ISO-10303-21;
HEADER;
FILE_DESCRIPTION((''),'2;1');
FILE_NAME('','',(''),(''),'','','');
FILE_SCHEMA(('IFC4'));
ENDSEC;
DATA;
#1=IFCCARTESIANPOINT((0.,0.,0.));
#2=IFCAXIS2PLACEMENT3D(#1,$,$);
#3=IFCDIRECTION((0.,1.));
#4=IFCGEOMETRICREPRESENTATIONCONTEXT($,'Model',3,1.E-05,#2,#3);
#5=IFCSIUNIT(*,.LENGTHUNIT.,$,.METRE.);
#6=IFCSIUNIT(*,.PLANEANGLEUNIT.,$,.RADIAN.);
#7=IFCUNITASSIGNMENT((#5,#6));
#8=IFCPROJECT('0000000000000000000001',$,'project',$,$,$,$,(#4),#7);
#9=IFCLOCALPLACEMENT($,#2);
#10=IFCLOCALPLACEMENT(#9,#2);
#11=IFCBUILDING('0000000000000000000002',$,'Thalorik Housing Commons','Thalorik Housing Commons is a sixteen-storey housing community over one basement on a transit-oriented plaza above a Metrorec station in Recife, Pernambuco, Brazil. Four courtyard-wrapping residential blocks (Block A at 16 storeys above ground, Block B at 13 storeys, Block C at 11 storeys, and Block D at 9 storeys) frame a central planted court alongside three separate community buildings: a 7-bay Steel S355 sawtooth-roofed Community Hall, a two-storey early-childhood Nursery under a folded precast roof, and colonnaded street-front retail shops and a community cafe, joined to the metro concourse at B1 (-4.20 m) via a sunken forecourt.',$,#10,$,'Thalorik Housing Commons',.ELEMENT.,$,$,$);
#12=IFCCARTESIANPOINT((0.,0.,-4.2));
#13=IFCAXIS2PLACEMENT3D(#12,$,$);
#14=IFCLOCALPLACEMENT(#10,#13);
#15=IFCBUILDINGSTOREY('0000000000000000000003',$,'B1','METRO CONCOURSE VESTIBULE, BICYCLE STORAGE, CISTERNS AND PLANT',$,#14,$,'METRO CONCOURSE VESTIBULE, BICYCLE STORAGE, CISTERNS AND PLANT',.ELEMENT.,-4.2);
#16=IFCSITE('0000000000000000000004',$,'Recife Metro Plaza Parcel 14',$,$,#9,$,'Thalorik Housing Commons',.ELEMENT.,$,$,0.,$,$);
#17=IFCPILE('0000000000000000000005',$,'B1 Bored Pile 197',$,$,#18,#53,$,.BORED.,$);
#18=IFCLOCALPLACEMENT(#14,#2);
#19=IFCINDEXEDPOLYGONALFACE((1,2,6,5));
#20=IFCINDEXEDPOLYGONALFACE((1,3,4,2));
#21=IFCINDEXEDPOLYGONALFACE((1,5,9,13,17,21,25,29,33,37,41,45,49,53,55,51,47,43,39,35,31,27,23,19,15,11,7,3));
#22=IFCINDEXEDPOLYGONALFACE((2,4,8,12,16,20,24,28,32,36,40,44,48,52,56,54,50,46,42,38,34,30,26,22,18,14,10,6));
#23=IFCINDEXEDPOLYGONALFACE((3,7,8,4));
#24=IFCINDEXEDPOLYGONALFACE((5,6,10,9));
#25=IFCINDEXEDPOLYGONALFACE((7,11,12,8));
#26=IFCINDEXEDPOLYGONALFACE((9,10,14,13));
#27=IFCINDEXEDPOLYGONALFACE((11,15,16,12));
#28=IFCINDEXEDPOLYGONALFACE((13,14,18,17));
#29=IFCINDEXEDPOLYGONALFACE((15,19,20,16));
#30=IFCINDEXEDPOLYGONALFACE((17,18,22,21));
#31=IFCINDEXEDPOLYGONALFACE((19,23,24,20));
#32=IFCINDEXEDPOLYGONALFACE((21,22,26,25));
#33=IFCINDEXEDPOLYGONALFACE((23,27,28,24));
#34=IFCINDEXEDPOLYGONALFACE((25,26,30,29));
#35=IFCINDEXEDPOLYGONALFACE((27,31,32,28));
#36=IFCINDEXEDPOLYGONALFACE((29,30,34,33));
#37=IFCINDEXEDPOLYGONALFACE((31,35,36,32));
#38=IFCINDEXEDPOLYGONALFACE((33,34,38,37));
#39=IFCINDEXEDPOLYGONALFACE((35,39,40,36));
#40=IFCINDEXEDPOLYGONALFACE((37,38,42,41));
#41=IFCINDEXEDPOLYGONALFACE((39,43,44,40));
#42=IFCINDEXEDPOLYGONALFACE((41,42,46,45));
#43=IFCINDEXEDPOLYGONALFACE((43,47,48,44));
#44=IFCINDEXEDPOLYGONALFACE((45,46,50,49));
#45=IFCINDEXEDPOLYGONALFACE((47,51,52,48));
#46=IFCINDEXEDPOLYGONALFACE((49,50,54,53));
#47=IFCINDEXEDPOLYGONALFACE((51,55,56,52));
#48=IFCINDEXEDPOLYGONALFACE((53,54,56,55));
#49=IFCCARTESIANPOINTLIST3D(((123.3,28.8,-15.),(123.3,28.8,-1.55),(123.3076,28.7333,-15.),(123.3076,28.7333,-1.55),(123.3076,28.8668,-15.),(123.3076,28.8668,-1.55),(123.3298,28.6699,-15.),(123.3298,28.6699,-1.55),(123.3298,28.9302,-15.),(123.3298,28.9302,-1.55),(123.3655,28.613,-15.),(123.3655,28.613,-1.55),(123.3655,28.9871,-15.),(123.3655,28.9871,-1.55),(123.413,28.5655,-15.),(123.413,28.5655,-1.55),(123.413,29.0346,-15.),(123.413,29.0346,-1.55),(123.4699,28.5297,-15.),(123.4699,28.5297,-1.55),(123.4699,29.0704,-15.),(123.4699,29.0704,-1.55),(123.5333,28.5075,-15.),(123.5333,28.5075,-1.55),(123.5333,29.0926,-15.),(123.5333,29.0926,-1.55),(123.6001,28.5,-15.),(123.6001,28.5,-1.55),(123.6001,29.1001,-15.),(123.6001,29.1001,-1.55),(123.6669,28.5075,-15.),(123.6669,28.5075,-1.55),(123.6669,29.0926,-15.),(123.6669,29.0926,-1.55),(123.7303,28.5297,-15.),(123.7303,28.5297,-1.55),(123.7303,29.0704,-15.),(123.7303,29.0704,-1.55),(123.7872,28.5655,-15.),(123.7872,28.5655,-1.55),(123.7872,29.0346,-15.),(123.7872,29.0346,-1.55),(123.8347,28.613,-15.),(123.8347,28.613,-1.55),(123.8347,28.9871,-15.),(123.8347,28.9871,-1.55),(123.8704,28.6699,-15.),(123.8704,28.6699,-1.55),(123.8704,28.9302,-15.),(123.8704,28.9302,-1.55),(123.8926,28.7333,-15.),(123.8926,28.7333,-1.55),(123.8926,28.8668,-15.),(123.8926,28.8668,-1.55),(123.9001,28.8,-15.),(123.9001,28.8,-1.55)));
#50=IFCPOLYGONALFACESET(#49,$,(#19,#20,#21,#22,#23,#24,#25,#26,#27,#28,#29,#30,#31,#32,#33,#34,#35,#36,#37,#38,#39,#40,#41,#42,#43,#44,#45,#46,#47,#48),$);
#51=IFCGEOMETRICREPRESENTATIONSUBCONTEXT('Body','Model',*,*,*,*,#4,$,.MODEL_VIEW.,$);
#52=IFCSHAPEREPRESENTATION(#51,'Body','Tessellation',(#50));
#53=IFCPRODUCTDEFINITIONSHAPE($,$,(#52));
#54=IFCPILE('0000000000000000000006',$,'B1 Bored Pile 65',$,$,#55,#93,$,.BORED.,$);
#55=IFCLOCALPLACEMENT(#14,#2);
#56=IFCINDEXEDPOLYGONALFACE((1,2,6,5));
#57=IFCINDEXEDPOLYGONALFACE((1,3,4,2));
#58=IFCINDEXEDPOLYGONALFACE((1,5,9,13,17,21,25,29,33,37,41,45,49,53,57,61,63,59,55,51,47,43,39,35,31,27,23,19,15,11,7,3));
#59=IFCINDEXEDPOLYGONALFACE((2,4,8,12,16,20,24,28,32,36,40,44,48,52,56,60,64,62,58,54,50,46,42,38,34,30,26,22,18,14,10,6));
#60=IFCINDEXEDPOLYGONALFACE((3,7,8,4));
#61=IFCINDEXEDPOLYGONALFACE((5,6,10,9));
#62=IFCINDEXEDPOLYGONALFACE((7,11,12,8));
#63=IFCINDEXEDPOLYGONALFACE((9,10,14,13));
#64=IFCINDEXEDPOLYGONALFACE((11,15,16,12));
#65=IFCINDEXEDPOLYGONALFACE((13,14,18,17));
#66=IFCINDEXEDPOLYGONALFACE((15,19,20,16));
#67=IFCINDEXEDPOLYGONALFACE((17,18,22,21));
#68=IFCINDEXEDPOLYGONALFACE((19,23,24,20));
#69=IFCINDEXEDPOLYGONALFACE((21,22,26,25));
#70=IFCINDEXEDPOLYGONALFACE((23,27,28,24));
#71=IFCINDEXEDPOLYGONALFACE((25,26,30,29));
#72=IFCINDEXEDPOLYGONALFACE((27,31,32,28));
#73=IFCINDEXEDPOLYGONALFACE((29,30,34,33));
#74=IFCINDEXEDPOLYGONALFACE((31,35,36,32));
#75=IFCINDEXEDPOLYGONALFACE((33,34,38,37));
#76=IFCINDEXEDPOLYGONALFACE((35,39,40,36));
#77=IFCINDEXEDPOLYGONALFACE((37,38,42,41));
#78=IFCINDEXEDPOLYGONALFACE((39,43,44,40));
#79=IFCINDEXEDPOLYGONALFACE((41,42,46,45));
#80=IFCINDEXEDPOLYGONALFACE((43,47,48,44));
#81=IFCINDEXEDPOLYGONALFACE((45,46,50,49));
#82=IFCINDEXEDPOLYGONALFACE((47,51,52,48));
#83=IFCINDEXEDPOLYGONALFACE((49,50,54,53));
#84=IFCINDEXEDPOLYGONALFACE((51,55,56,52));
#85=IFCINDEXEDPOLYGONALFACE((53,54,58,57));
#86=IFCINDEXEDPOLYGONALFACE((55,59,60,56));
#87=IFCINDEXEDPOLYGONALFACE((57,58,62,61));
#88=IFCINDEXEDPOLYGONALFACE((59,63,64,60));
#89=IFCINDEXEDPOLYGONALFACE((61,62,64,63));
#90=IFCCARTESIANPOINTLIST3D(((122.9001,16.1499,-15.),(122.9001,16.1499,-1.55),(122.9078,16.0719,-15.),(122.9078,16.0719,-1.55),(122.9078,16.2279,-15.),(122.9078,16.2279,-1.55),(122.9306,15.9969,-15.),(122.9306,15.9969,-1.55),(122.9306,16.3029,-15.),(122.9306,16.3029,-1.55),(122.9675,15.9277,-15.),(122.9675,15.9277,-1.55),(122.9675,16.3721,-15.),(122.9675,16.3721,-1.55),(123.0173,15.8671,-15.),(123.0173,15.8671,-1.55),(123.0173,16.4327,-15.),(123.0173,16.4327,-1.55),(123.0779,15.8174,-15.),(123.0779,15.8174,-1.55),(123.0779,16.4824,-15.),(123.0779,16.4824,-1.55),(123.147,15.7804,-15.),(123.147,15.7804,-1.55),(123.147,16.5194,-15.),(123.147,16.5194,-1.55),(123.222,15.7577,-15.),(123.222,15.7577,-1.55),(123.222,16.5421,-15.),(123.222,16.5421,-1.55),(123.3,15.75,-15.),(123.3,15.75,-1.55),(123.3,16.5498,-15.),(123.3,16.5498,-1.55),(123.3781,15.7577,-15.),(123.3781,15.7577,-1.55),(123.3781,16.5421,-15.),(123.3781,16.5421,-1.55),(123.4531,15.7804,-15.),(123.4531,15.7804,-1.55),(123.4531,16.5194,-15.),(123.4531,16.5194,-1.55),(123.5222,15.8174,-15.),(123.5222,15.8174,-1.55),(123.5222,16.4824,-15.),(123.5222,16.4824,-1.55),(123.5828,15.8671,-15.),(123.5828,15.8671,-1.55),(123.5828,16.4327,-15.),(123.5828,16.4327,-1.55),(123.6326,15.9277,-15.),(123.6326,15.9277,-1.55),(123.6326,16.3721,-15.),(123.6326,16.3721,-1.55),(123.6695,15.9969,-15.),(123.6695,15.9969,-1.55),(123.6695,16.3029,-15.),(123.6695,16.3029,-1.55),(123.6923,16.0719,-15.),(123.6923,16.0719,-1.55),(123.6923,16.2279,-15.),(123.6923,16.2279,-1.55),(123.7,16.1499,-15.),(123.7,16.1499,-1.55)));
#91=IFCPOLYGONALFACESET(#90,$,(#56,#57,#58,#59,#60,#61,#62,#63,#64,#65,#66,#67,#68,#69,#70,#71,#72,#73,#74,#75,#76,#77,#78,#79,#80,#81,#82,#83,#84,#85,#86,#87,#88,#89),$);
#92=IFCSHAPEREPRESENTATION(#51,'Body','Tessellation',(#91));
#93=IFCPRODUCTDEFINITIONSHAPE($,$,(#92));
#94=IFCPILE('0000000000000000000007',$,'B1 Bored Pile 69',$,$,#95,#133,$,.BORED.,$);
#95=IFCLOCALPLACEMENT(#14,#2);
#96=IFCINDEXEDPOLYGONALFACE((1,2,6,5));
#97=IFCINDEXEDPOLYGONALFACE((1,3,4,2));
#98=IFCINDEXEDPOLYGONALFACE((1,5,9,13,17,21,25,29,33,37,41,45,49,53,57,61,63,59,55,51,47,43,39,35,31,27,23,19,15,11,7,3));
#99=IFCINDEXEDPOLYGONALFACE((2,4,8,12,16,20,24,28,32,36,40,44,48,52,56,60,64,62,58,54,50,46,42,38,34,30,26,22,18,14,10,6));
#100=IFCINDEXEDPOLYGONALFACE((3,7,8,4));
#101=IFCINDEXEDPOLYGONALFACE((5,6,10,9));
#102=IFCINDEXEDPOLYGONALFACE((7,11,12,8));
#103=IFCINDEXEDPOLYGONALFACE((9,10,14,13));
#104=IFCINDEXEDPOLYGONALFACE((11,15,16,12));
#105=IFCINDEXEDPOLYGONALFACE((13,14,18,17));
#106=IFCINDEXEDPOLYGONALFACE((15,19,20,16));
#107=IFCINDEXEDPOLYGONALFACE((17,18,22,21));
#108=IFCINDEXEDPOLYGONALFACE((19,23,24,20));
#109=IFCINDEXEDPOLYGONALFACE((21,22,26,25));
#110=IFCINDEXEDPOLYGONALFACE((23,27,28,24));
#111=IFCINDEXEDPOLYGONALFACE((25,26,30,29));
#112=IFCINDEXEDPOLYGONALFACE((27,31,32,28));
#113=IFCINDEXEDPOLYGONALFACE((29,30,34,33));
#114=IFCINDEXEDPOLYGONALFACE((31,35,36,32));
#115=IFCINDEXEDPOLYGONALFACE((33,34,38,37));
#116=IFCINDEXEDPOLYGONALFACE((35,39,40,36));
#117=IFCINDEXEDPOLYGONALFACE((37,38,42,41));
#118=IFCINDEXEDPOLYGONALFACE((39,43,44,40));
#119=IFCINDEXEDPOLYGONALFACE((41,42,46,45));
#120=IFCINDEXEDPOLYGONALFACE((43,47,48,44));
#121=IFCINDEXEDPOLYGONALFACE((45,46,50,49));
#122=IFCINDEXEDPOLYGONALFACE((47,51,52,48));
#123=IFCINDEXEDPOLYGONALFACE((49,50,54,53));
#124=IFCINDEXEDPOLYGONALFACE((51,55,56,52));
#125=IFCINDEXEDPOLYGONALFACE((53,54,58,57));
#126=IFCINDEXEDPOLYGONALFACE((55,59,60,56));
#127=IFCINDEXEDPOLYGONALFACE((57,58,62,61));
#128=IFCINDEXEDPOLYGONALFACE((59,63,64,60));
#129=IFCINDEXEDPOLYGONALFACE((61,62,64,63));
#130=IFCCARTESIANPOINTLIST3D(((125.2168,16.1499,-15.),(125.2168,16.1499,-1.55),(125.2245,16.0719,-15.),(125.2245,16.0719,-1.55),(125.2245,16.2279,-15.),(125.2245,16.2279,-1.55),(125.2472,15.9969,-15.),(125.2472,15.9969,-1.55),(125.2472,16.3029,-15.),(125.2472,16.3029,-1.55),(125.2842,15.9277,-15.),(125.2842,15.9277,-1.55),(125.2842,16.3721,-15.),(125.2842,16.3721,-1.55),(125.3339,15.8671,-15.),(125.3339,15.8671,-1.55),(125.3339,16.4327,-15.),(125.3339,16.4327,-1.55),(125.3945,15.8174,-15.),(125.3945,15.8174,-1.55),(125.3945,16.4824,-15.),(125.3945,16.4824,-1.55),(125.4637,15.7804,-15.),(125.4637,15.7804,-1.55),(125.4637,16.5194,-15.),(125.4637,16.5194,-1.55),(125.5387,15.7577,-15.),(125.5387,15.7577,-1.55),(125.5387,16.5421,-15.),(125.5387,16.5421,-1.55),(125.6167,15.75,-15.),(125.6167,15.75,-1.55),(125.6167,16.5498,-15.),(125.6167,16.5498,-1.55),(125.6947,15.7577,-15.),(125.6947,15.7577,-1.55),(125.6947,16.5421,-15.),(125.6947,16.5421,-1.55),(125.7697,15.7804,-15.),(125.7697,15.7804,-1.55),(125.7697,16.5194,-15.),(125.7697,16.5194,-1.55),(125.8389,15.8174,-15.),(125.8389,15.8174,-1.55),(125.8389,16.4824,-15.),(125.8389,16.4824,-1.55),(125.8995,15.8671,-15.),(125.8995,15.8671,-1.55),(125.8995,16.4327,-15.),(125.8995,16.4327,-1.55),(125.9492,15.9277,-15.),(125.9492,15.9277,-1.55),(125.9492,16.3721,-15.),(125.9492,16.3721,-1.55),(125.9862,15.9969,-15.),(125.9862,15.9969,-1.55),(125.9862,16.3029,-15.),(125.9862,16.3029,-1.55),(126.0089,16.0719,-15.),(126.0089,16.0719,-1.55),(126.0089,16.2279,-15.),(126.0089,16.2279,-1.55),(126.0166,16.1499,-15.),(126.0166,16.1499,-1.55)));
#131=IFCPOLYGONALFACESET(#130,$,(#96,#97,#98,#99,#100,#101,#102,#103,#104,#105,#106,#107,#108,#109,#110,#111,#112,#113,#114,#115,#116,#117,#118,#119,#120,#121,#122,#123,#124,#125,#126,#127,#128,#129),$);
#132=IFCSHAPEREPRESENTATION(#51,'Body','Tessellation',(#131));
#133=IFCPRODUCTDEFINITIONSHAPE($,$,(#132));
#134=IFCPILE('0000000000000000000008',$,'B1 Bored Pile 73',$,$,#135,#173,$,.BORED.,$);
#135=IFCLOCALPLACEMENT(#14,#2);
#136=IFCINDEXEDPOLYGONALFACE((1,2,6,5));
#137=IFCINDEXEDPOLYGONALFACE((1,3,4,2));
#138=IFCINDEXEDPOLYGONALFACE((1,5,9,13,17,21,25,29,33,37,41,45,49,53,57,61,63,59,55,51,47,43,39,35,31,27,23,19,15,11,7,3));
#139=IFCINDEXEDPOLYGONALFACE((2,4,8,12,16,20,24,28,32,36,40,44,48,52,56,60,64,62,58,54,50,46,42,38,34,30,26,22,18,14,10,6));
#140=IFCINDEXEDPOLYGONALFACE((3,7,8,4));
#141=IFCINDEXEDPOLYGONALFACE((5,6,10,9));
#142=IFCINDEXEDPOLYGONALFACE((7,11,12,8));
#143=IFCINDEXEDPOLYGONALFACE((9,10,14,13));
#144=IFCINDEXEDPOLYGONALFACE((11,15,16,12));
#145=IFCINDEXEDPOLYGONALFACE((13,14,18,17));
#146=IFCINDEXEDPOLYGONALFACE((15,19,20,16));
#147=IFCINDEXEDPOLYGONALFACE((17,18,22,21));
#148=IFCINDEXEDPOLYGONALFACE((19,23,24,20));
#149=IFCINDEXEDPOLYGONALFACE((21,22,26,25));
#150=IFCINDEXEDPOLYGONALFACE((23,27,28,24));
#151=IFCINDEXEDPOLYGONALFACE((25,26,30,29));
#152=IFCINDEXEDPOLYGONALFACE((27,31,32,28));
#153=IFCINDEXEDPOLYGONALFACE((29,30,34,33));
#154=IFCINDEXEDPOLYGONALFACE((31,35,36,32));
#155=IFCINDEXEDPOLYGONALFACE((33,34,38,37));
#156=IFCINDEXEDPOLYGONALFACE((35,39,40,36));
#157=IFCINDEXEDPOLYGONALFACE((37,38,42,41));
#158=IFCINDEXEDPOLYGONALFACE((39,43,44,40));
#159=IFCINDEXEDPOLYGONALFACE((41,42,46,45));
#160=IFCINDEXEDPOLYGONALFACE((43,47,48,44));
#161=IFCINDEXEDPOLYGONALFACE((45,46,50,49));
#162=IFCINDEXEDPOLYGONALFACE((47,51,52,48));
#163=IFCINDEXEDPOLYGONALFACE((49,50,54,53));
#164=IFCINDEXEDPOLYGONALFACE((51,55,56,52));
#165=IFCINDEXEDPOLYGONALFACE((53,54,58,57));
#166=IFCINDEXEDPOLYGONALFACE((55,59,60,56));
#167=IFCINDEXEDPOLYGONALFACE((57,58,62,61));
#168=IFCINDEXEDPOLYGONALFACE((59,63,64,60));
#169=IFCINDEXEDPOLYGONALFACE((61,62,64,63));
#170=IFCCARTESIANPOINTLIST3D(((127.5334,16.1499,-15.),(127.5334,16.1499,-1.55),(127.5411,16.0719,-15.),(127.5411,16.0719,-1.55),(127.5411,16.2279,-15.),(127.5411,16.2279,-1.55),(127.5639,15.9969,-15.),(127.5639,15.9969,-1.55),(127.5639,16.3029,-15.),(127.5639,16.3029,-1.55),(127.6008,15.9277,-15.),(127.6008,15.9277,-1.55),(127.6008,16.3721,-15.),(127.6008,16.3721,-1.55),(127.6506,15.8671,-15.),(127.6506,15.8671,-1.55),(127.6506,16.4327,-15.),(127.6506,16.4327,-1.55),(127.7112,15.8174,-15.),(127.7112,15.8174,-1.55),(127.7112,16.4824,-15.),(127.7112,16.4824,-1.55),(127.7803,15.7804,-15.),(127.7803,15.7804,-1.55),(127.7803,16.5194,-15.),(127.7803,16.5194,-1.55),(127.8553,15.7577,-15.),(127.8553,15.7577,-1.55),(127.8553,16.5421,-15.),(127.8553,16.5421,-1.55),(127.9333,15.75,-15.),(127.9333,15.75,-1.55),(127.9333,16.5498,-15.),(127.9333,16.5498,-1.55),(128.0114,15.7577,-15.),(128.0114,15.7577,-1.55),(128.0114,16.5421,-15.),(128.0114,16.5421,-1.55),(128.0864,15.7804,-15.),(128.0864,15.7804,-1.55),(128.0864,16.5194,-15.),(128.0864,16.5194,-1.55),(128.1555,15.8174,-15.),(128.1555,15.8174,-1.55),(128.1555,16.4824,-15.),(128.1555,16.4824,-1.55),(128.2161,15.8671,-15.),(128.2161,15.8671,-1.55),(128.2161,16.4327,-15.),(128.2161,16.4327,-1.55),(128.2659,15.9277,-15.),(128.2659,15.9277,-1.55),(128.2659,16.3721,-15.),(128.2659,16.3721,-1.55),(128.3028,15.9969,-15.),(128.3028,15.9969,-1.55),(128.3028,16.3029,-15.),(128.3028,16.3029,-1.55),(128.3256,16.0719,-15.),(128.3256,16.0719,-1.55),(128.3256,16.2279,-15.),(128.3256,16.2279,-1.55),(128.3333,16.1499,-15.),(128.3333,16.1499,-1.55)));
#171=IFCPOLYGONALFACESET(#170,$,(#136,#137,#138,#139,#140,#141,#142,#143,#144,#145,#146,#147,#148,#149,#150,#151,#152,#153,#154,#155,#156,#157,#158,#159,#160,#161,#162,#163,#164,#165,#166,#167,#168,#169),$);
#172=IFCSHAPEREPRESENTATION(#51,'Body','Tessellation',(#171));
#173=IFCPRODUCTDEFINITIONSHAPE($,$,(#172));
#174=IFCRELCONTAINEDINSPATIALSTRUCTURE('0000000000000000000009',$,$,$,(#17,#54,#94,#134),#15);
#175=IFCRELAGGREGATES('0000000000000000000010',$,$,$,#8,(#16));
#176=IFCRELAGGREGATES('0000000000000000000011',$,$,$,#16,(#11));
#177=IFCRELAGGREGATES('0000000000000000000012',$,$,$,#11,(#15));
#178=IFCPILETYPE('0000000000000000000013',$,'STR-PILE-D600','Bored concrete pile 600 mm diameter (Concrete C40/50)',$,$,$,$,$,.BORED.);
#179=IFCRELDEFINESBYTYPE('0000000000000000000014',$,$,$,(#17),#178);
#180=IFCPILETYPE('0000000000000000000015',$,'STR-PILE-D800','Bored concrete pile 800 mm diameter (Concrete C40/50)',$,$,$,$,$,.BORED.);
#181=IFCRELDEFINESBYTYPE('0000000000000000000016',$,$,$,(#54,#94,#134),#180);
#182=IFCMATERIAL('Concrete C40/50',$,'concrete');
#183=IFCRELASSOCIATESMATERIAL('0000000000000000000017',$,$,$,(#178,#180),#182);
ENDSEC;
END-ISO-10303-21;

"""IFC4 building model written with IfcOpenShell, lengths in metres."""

from ifc_helpers import new_model, si_unit, direction, frame, origin, origin_2d, place, context, subcontext, project, spatial, circle, extrude, material, material_profile, profile_set, type_object, element, save


model = new_model("IFC4")

# Units and contexts
model_context = context("Model", 3, precision=1e-05, world=origin(), true_north=direction((0.0, 1.0)))
body_context = subcontext(model_context, "Body", "Model", "MODEL_VIEW")
ifc_project = project(units=[si_unit("LENGTHUNIT", "METRE"), si_unit("PLANEANGLEUNIT", "RADIAN")], contexts=[model_context])

# Site, building, storey
site_placement = place(None, origin())
site = spatial("IfcSite", under=ifc_project, at=site_placement, Name="Recife Metro Plaza Parcel 14", LongName="Thalorik Housing Commons", CompositionType="ELEMENT", RefElevation=0.0)
building_placement = place(site_placement, origin())
building = spatial("IfcBuilding", under=site, at=building_placement, Name="Thalorik Housing Commons", Description="Thalorik Housing Commons is a sixteen-storey housing community over one basement on a transit-oriented plaza above a Metrorec station in Recife, Pernambuco, Brazil. Four courtyard-wrapping residential blocks (Block A at 16 storeys above ground, Block B at 13 storeys, Block C at 11 storeys, and Block D at 9 storeys) frame a central planted court alongside three separate community buildings: a 7-bay Steel S355 sawtooth-roofed Community Hall, a two-storey early-childhood Nursery under a folded precast roof, and colonnaded street-front retail shops and a community cafe, joined to the metro concourse at B1 (-4.20 m) via a sunken forecourt.", LongName="Thalorik Housing Commons", CompositionType="ELEMENT")
storey_placement = place(building_placement, frame((0.0, 0.0, -4.2)))
storey = spatial("IfcBuildingStorey", under=building, at=storey_placement, Name="B1", Description="METRO CONCOURSE VESTIBULE, BICYCLE STORAGE, CISTERNS AND PLANT", LongName="METRO CONCOURSE VESTIBULE, BICYCLE STORAGE, CISTERNS AND PLANT", CompositionType="ELEMENT", Elevation=-4.2)

# Shared definitions
ifc_material_1 = material(Name="Concrete C40/50", Category="concrete")

# Piles
ifc_material_profile_1 = material_profile(ifc_material_1, circle(Radius=0.3, at=origin_2d()), Name="BORED PILE D600", Category="concrete")
ifc_profile_set_1 = profile_set([ifc_material_profile_1], Name="Concrete C40/50")
pile_type_1 = type_object("IfcPileType", Name="STR-PILE-D600", Description="Bored concrete pile 600 mm diameter (Concrete C40/50)", PredefinedType="BORED", material=ifc_profile_set_1)
for number, where, z_axis, x_axis, name in (
    (1, (123.6001, 28.8, -1.55), (0.0, 0.0, -1.0), (1.0, 0.0, 0.0), "B1 Bored Pile 197"),
):
    element("IfcPile", number, at=place(storey_placement, frame(where, z_axis=z_axis, x_axis=x_axis)), inside=storey, type_object=pile_type_1, Name=name, PredefinedType="BORED", context=body_context, shape_type="SweptSolid", body=[
        extrude(circle(Radius=0.3, at=origin_2d()), origin(), (0.0, 0.0, 1.0), 13.45),
    ])
ifc_material_profile_2 = material_profile(ifc_material_1, circle(Radius=0.3999, at=origin_2d()), Name="BORED PILE D800", Category="concrete")
ifc_profile_set_2 = profile_set([ifc_material_profile_2], Name="Concrete C40/50")
pile_type_2 = type_object("IfcPileType", Name="STR-PILE-D800", Description="Bored concrete pile 800 mm diameter (Concrete C40/50)", PredefinedType="BORED", material=ifc_profile_set_2)
for number, where, z_axis, x_axis, name in (
    (2, (123.3, 16.1499, -1.55), (0.0, 0.0, -1.0), (1.0, 0.0, 0.0), "B1 Bored Pile 65"),
    (3, (125.6167, 16.1499, -1.55), (0.0, 0.0, -1.0), (1.0, 0.0, 0.0), "B1 Bored Pile 69"),
    (4, (127.9333, 16.1499, -1.55), (0.0, 0.0, -1.0), (1.0, 0.0, 0.0), "B1 Bored Pile 73"),
):
    element("IfcPile", number, at=place(storey_placement, frame(where, z_axis=z_axis, x_axis=x_axis)), inside=storey, type_object=pile_type_2, Name=name, PredefinedType="BORED", context=body_context, shape_type="SweptSolid", body=[
        extrude(circle(Radius=0.3999, at=origin_2d()), origin(), (0.0, 0.0, 1.0), 13.45),
    ])

save(model, "model.ifc")
